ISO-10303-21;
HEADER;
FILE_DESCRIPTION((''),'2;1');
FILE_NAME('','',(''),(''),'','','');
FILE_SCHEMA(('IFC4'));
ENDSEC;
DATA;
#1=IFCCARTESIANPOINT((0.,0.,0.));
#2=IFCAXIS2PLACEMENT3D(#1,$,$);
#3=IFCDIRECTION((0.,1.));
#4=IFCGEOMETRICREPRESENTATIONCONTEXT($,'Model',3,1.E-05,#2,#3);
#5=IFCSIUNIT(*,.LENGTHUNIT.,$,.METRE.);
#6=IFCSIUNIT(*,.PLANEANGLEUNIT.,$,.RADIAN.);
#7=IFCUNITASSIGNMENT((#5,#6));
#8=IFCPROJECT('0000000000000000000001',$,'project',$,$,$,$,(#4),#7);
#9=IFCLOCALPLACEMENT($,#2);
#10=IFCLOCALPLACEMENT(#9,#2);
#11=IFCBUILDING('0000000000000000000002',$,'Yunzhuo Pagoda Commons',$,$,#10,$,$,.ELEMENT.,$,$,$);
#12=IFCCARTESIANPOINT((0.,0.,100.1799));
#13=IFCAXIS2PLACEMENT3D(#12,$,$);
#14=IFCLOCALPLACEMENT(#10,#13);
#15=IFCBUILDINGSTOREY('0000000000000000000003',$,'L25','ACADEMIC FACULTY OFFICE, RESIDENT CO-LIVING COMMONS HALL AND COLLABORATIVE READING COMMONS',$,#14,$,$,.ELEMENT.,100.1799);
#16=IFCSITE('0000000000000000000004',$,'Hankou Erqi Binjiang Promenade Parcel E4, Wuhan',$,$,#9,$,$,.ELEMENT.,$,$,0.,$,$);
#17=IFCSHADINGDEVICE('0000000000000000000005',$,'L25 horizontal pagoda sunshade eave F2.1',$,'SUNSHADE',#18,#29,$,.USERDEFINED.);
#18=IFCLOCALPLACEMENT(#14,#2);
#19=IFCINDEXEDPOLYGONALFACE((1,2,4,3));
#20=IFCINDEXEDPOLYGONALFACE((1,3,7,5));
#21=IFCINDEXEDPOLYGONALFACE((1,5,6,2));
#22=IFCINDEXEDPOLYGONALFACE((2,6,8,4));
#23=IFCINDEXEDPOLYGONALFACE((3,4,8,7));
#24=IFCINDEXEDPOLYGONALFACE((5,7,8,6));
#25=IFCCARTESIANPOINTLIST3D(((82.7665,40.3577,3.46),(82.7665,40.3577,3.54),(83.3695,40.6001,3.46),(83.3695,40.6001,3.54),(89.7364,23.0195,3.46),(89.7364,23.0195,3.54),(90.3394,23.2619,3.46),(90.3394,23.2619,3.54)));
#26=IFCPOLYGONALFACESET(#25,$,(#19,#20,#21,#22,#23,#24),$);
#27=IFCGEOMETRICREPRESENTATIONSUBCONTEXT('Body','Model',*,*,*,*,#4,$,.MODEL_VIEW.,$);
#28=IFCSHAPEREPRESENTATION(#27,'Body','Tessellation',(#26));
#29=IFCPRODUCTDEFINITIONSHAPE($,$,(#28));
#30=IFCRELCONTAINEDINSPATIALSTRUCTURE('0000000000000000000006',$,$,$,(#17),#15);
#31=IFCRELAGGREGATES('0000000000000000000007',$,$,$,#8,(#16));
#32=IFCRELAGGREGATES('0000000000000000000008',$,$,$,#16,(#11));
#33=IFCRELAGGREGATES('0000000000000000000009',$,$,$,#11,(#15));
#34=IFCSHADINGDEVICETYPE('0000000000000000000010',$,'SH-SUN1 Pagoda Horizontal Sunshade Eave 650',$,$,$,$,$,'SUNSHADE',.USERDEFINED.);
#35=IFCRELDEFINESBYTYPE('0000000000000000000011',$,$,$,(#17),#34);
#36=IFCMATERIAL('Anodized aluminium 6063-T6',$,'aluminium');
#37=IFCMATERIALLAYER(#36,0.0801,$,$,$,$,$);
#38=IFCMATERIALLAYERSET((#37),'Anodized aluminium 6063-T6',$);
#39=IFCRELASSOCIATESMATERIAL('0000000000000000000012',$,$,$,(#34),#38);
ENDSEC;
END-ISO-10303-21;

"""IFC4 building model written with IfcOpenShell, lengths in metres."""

from ifc_helpers import new_model, si_unit, direction, frame, origin, origin_2d, place, context, subcontext, project, spatial, rectangle, extrude, source, transform, mapped, material, layer, layer_set, type_object, element, save


model = new_model("IFC4")

# Units and contexts
model_context = context("Model", 3, precision=1e-05, world=origin(), true_north=direction((0.0, 1.0)))
body_context = subcontext(model_context, "Body", "Model", "MODEL_VIEW")
ifc_project = project(units=[si_unit("LENGTHUNIT", "METRE"), si_unit("PLANEANGLEUNIT", "RADIAN")], contexts=[model_context])

# Site, building, storey
site_placement = place(None, origin())
site = spatial("IfcSite", under=ifc_project, at=site_placement, Name="Hankou Erqi Binjiang Promenade Parcel E4, Wuhan", CompositionType="ELEMENT", RefElevation=0.0)
building_placement = place(site_placement, origin())
building = spatial("IfcBuilding", under=site, at=building_placement, Name="Yunzhuo Pagoda Commons", CompositionType="ELEMENT")
storey_placement = place(building_placement, frame((0.0, 0.0, 100.1799)))
storey = spatial("IfcBuildingStorey", under=building, at=storey_placement, Name="L25", Description="ACADEMIC FACULTY OFFICE, RESIDENT CO-LIVING COMMONS HALL AND COLLABORATIVE READING COMMONS", CompositionType="ELEMENT", Elevation=100.1799)

# Shared definitions
ifc_material_1 = material(Name="Anodized aluminium 6063-T6", Category="aluminium")

# Shading device
ifc_layer_1 = layer(ifc_material_1, 0.0801)
ifc_layer_set_1 = layer_set([ifc_layer_1], Name="Anodized aluminium 6063-T6")
shading_device_type = type_object("IfcShadingDeviceType", Name="SH-SUN1 Pagoda Horizontal Sunshade Eave 650", ElementType="SUNSHADE", PredefinedType="USERDEFINED", material=ifc_layer_set_1)
shared_shape_1 = source(origin(), body_context, "Body", "SweptSolid", [
    extrude(rectangle(XDim=18.6868, YDim=0.6499, at=origin_2d()), origin(), (0.0, 0.0, 1.0), 0.0801),
])
shading_device_placement = place(storey_placement, frame((86.553, 31.8098, 3.46), z_axis=(0.0, 0.0, 1.0), x_axis=(-0.372988, 0.927836, 0.0)))
element("IfcShadingDevice", 1, at=shading_device_placement, inside=storey, type_object=shading_device_type, Name="L25 horizontal pagoda sunshade eave F2.1", ObjectType="SUNSHADE", PredefinedType="USERDEFINED", context=body_context, shape_type="MappedRepresentation", body=[
    mapped(shared_shape_1, transform((0.0, 0.0, 0.0), scale=1.0)),
])

save(model, "model.ifc")
